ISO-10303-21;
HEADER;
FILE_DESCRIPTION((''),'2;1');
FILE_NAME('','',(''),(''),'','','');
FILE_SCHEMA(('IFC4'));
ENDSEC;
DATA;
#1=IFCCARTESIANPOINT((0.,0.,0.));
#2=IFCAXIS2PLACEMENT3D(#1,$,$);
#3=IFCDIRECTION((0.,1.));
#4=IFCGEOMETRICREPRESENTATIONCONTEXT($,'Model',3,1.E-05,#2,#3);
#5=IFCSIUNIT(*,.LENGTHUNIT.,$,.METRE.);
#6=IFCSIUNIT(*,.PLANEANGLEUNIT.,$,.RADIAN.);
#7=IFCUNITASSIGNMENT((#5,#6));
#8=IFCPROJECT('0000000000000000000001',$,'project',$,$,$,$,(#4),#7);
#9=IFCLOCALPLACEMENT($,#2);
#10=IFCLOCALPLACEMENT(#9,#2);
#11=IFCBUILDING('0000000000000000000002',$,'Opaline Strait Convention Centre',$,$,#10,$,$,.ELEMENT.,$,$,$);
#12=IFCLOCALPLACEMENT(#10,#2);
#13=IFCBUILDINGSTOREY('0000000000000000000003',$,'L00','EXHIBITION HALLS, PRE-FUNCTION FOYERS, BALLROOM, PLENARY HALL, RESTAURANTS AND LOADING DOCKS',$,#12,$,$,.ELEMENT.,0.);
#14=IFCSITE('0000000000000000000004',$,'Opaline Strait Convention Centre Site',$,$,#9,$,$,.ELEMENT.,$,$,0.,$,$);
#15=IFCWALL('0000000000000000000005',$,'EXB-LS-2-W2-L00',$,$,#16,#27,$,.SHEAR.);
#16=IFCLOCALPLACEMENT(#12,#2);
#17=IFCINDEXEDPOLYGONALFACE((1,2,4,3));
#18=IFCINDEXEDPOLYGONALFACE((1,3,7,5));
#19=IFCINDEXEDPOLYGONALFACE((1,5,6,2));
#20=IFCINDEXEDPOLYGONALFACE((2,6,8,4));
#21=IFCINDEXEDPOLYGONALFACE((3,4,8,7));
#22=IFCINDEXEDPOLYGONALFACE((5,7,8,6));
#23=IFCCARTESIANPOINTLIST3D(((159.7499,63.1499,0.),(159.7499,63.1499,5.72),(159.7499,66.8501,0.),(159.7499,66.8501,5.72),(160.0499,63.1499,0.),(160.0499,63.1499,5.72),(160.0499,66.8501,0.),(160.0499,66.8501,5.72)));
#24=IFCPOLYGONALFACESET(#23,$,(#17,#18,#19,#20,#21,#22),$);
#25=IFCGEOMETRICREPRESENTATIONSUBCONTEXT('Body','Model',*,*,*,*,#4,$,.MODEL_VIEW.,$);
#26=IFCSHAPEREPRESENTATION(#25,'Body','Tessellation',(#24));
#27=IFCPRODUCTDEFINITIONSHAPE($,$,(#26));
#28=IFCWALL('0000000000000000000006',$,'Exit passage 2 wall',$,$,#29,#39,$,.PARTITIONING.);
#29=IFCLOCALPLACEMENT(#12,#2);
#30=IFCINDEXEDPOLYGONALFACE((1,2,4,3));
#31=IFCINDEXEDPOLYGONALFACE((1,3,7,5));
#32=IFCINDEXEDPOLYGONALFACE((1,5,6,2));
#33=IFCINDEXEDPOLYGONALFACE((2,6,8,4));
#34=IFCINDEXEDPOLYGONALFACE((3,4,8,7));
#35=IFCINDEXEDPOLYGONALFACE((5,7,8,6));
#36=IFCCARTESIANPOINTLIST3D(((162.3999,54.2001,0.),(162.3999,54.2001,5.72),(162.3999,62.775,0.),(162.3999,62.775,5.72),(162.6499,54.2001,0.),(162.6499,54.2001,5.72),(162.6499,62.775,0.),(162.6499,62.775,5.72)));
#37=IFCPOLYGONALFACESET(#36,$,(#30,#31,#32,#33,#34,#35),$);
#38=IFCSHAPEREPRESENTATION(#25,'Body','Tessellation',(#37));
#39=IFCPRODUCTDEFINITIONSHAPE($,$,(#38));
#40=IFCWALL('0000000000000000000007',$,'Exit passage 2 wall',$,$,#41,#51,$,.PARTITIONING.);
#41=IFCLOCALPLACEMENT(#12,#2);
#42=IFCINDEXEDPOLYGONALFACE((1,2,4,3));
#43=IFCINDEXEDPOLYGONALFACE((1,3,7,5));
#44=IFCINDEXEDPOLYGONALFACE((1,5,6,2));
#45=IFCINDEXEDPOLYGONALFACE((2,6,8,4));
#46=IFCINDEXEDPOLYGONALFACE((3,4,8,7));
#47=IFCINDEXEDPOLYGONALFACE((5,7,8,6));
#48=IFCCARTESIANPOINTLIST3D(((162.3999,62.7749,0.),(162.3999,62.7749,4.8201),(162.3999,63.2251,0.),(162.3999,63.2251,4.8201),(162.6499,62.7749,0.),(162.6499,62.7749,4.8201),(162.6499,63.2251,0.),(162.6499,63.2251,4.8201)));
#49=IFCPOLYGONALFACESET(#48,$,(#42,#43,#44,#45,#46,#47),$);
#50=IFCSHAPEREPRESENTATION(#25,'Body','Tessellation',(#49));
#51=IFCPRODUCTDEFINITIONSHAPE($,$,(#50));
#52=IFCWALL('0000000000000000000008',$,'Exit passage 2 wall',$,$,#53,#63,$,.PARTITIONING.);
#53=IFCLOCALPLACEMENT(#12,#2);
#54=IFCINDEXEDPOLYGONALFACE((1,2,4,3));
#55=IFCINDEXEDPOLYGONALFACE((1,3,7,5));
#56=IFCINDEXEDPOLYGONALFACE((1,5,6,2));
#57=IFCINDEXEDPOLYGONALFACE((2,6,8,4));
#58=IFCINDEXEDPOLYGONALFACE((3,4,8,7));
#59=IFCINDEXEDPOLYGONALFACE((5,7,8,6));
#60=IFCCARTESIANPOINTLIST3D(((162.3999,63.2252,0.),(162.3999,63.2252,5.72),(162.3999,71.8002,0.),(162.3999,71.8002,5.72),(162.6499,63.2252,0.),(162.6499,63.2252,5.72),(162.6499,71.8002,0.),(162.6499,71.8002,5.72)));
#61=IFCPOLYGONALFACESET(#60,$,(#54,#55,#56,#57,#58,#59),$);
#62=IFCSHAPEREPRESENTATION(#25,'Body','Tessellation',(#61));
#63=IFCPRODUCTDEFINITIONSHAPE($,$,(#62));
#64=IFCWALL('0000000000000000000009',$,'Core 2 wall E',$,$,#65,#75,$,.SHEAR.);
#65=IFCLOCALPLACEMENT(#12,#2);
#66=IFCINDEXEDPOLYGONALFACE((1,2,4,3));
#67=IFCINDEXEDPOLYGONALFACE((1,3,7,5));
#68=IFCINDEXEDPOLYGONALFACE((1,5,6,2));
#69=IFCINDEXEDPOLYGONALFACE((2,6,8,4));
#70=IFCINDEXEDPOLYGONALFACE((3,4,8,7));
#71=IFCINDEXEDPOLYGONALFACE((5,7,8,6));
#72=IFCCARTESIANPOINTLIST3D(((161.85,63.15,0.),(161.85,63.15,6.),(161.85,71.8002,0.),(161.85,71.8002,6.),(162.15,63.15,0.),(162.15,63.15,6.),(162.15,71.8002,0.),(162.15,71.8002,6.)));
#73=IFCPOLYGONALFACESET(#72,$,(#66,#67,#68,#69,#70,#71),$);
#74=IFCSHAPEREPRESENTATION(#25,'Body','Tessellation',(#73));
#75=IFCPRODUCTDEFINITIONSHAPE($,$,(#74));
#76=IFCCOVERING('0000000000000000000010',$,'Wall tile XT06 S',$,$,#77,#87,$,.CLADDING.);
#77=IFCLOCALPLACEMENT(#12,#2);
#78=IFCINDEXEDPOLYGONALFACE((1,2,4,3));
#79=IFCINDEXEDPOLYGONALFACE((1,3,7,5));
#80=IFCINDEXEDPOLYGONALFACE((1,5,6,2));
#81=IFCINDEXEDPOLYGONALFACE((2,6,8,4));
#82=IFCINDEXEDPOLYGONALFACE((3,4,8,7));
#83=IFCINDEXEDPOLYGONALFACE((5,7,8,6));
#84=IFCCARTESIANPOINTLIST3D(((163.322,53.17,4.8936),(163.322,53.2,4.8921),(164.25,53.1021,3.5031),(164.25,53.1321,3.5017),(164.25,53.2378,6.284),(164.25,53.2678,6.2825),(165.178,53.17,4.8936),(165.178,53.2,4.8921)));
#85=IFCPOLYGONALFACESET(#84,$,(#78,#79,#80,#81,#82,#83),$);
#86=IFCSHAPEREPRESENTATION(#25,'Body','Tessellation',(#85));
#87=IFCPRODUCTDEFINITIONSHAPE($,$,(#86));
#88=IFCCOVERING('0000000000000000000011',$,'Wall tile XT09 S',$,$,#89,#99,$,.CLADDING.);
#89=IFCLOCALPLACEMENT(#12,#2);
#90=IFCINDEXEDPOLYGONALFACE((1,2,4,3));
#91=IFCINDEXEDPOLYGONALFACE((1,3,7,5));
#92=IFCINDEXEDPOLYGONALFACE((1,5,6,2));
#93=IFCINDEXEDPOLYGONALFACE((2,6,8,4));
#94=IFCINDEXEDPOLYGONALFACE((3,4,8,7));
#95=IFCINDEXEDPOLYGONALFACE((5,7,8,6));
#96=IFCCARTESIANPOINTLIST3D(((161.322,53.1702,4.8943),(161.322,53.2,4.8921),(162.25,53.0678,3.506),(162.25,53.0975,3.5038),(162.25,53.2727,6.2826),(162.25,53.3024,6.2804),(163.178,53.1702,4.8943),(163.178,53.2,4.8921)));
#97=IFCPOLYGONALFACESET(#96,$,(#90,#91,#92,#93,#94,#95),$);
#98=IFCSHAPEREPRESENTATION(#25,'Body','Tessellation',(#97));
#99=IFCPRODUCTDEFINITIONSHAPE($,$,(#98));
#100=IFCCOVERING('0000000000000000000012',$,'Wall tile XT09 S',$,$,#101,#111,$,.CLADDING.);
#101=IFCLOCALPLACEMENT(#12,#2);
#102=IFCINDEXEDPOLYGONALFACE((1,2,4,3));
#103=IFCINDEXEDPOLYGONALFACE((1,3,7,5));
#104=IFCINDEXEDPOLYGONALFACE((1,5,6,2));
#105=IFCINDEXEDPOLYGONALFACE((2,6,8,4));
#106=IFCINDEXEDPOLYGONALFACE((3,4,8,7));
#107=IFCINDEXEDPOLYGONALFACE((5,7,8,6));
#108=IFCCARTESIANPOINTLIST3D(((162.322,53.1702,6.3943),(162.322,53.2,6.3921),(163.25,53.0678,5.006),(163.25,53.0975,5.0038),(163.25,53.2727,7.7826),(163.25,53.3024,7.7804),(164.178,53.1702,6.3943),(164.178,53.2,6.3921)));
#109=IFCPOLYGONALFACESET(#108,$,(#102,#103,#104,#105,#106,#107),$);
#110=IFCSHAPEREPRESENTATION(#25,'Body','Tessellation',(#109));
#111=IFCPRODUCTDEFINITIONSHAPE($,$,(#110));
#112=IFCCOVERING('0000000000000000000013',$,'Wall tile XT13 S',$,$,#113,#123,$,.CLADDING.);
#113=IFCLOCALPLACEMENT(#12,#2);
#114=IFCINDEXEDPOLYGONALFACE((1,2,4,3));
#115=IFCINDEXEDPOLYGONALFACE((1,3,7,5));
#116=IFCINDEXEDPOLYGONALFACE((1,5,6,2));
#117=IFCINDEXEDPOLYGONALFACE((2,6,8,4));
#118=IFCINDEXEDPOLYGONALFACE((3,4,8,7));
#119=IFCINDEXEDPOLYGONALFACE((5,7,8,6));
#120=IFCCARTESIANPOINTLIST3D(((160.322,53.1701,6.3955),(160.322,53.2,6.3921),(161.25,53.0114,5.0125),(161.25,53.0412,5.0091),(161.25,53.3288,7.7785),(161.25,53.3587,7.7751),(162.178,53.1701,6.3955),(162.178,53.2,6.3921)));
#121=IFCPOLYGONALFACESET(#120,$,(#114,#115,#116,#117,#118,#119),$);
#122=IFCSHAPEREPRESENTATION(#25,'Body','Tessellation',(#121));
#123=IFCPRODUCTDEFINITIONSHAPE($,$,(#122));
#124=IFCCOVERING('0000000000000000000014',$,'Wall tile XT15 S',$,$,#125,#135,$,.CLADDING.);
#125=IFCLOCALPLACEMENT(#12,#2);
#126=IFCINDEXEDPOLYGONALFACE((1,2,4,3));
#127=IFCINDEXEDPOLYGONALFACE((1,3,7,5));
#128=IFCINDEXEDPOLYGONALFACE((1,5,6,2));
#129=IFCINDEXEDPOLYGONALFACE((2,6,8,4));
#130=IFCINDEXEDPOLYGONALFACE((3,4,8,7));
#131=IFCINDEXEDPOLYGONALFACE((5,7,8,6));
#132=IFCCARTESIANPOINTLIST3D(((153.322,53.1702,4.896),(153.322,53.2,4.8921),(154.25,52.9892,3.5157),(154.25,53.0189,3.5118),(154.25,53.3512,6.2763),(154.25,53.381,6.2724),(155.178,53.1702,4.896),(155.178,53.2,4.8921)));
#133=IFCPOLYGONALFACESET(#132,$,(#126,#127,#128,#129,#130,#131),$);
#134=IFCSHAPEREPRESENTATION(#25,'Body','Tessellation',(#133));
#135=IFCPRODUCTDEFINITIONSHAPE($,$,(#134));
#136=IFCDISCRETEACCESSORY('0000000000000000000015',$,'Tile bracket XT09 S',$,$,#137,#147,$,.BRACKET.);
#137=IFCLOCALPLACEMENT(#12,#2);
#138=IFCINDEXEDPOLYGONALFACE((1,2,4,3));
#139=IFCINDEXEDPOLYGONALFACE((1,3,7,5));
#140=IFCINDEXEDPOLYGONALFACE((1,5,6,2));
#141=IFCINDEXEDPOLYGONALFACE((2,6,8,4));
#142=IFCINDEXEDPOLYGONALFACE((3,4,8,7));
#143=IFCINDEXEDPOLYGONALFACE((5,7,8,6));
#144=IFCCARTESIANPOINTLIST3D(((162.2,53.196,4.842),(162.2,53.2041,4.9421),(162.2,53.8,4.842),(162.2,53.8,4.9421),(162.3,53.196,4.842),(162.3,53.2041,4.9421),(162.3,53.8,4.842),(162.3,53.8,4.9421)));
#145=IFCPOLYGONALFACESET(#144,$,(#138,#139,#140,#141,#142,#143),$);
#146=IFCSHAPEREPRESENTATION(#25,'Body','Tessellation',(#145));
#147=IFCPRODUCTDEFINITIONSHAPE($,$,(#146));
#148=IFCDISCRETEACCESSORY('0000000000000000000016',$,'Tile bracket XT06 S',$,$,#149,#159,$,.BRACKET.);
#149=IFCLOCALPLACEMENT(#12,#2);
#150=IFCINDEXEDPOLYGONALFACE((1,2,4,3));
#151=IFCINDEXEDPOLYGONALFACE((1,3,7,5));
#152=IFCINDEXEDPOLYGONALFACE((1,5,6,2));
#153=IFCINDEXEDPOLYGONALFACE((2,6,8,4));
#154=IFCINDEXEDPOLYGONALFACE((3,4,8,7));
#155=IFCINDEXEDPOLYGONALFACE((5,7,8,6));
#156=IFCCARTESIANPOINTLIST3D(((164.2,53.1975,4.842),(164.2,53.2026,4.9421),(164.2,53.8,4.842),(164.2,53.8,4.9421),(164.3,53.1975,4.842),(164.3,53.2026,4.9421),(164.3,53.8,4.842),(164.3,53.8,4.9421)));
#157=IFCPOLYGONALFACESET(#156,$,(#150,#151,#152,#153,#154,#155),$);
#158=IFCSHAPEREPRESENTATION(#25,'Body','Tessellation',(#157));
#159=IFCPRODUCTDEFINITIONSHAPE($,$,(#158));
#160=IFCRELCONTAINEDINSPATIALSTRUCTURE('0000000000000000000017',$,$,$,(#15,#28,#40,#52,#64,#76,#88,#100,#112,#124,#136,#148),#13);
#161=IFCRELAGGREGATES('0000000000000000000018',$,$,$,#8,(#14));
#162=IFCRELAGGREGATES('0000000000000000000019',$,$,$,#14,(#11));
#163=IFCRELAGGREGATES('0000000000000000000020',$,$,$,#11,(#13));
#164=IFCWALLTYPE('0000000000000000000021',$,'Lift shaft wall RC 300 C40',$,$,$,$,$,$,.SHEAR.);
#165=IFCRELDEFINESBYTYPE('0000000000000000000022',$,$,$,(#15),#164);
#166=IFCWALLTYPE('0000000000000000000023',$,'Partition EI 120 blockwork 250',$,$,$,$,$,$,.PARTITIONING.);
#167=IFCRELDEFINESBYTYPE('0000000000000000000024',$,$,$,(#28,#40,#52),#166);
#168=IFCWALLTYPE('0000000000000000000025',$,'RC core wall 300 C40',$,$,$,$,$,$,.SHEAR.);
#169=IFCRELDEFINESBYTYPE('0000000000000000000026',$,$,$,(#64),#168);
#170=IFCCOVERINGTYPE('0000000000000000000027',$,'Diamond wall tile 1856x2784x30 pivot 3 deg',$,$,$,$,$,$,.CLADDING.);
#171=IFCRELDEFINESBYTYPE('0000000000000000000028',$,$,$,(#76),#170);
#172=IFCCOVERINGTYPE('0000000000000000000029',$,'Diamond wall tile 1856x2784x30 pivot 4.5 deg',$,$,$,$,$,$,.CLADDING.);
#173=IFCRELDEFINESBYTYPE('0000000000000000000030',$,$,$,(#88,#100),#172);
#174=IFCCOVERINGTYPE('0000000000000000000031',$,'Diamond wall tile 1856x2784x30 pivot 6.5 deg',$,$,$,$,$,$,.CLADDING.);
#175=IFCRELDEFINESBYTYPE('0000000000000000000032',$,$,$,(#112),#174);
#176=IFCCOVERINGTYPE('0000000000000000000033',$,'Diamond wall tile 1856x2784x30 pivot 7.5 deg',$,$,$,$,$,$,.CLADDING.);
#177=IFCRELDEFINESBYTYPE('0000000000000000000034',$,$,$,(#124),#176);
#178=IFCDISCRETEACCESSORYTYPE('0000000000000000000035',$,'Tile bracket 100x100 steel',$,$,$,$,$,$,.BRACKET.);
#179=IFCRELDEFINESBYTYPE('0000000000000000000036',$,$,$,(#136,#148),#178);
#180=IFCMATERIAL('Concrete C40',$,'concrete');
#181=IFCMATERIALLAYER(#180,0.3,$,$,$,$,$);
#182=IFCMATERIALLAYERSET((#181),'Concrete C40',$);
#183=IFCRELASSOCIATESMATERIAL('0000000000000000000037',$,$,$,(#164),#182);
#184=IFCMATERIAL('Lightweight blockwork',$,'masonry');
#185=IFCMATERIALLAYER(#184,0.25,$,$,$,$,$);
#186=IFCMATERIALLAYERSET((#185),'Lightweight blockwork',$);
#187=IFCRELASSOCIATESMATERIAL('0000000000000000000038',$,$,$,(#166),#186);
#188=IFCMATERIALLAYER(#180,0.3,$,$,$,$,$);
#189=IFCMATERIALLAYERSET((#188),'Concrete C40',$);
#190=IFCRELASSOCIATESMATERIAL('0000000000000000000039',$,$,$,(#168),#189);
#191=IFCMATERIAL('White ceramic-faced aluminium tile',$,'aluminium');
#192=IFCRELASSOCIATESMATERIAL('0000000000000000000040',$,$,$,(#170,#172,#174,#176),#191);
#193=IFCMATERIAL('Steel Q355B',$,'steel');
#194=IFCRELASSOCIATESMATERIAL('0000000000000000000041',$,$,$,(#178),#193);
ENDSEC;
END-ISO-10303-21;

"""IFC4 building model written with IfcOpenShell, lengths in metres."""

from ifc_helpers import new_model, si_unit, direction, frame, frame_2d, origin, place, context, subcontext, project, spatial, polyline, rectangle, outline, extrude, material, layer, layer_set, material_profile, profile_set, type_object, element, save


model = new_model("IFC4")

# Units and contexts
model_context = context("Model", 3, precision=1e-05, world=origin(), true_north=direction((0.0, 1.0)))
body_context = subcontext(model_context, "Body", "Model", "MODEL_VIEW")
ifc_project = project(units=[si_unit("LENGTHUNIT", "METRE"), si_unit("PLANEANGLEUNIT", "RADIAN")], contexts=[model_context])

# Site, building, storey
site_placement = place(None, origin())
site = spatial("IfcSite", under=ifc_project, at=site_placement, Name="Opaline Strait Convention Centre Site", CompositionType="ELEMENT", RefElevation=0.0)
building_placement = place(site_placement, origin())
building = spatial("IfcBuilding", under=site, at=building_placement, Name="Opaline Strait Convention Centre", CompositionType="ELEMENT")
storey_placement = place(building_placement, origin())
storey = spatial("IfcBuildingStorey", under=building, at=storey_placement, Name="L00", Description="EXHIBITION HALLS, PRE-FUNCTION FOYERS, BALLROOM, PLENARY HALL, RESTAURANTS AND LOADING DOCKS", CompositionType="ELEMENT", Elevation=0.0)

# Shared definitions
ifc_material_1 = material(Name="Concrete C40", Category="concrete")

# Walls
ifc_layer_1 = layer(ifc_material_1, 0.3)
ifc_layer_set_1 = layer_set([ifc_layer_1], Name="Concrete C40")
wall_type_1 = type_object("IfcWallType", Name="Lift shaft wall RC 300 C40", PredefinedType="SHEAR", material=ifc_layer_set_1)
wall_1_placement = place(storey_placement, frame((159.8999, 63.1499, 0.0), z_axis=(0.0, 0.0, 1.0), x_axis=(0.0, 1.0, 0.0)))
element("IfcWall", 1, at=wall_1_placement, inside=storey, type_object=wall_type_1, Name="EXB-LS-2-W2-L00", PredefinedType="SHEAR", context=body_context, shape_type="SweptSolid", body=[
    extrude(rectangle(XDim=3.7002, YDim=0.3, at=frame_2d((1.8501, 0.0))), origin(), (0.0, 0.0, 1.0), 5.72),
])
ifc_material_2 = material(Name="Lightweight blockwork", Category="masonry")
ifc_layer_2 = layer(ifc_material_2, 0.25)
ifc_layer_set_2 = layer_set([ifc_layer_2], Name="Lightweight blockwork")
wall_type_2 = type_object("IfcWallType", Name="Partition EI 120 blockwork 250", PredefinedType="PARTITIONING", material=ifc_layer_set_2)
wall_2_placement = place(storey_placement, frame((162.5249, 54.2, 0.0), z_axis=(0.0, 0.0, 1.0), x_axis=(0.0, 1.0, 0.0)))
element("IfcWall", 2, at=wall_2_placement, inside=storey, type_object=wall_type_2, Name="Exit passage 2 wall", PredefinedType="PARTITIONING", context=body_context, shape_type="SweptSolid", body=[
    extrude(rectangle(XDim=8.575, YDim=0.25, at=frame_2d((4.2876, 0.0))), origin(), (0.0, 0.0, 1.0), 5.72),
])
wall_3_placement = place(storey_placement, frame((162.5249, 62.7749, 0.0), z_axis=(0.0, 0.0, 1.0), x_axis=(0.0, 1.0, 0.0)))
element("IfcWall", 3, at=wall_3_placement, inside=storey, type_object=wall_type_2, Name="Exit passage 2 wall", PredefinedType="PARTITIONING", context=body_context, shape_type="SweptSolid", body=[
    extrude(rectangle(XDim=0.4502, YDim=0.25, at=frame_2d((0.2251, 0.0))), origin(), (0.0, 0.0, 1.0), 4.8201),
])
wall_4_placement = place(storey_placement, frame((162.5249, 63.2251, 0.0), z_axis=(0.0, 0.0, 1.0), x_axis=(0.0, 1.0, 0.0)))
element("IfcWall", 4, at=wall_4_placement, inside=storey, type_object=wall_type_2, Name="Exit passage 2 wall", PredefinedType="PARTITIONING", context=body_context, shape_type="SweptSolid", body=[
    extrude(rectangle(XDim=8.575, YDim=0.25, at=frame_2d((4.2876, 0.0))), origin(), (0.0, 0.0, 1.0), 5.72),
])
ifc_layer_3 = layer(ifc_material_1, 0.3)
ifc_layer_set_3 = layer_set([ifc_layer_3], Name="Concrete C40")
wall_type_3 = type_object("IfcWallType", Name="RC core wall 300 C40", PredefinedType="SHEAR", material=ifc_layer_set_3)
wall_5_placement = place(storey_placement, frame((162.0, 63.1499, 0.0), z_axis=(0.0, 0.0, 1.0), x_axis=(0.0, 1.0, 0.0)))
element("IfcWall", 5, at=wall_5_placement, inside=storey, type_object=wall_type_3, Name="Core 2 wall E", PredefinedType="SHEAR", context=body_context, shape_type="SweptSolid", body=[
    extrude(rectangle(XDim=8.6501, YDim=0.3, at=frame_2d((4.3252, 0.0))), origin(), (0.0, 0.0, 1.0), 6.0),
])

# Coverings
ifc_material_3 = material(Name="White ceramic-faced aluminium tile", Category="aluminium")
ifc_material_profile_1 = material_profile(ifc_material_3, outline(polyline([(0.928, 0.0), (0.0, 1.3921), (-0.928, 0.0), (0.0, -1.3921), (0.928, 0.0)])), Name="Diamond tile 1856x2784")
ifc_profile_set_1 = profile_set([ifc_material_profile_1], Name="White ceramic-faced aluminium tile")
covering_type_1 = type_object("IfcCoveringType", Name="Diamond wall tile 1856x2784x30 pivot 3 deg", PredefinedType="CLADDING", material=ifc_profile_set_1)
covering_1_placement = place(storey_placement, frame((164.25, 53.2, 4.8921), z_axis=(0.0, -0.998812, 0.048723), x_axis=(1.0, 0.0, 0.0)))
element("IfcCovering", 6, at=covering_1_placement, inside=storey, type_object=covering_type_1, Name="Wall tile XT06 S", PredefinedType="CLADDING", context=body_context, shape_type="SweptSolid", body=[
    extrude(outline(polyline([(0.928, 0.0), (0.0, 1.3921), (-0.928, 0.0), (0.0, -1.3921), (0.928, 0.0)])), origin(), (0.0, 0.0, 1.0), 0.03),
])
ifc_material_profile_2 = material_profile(ifc_material_3, outline(polyline([(0.928, 0.0), (0.0, 1.3921), (-0.928, 0.0), (0.0, -1.3921), (0.928, 0.0)])), Name="Diamond tile 1856x2784")
ifc_profile_set_2 = profile_set([ifc_material_profile_2], Name="White ceramic-faced aluminium tile")
covering_type_2 = type_object("IfcCoveringType", Name="Diamond wall tile 1856x2784x30 pivot 4.5 deg", PredefinedType="CLADDING", material=ifc_profile_set_2)
for number, where, z_axis, x_axis, name in (
    (7, (162.25, 53.2, 4.8921), (0.0, -0.99729, 0.073571), (1.0, 0.0, 0.0), "Wall tile XT09 S"),
    (8, (163.25, 53.2, 6.3921), (0.0, -0.99729, 0.073571), (1.0, 0.0, 0.0), "Wall tile XT09 S"),
):
    element("IfcCovering", number, at=place(storey_placement, frame(where, z_axis=z_axis, x_axis=x_axis)), inside=storey, type_object=covering_type_2, Name=name, PredefinedType="CLADDING", context=body_context, shape_type="SweptSolid", body=[
        extrude(outline(polyline([(0.928, 0.0), (0.0, 1.3921), (-0.928, 0.0), (0.0, -1.3921), (0.928, 0.0)])), origin(), (0.0, 0.0, 1.0), 0.0298),
    ])
ifc_material_profile_3 = material_profile(ifc_material_3, outline(polyline([(0.928, 0.0), (0.0, 1.3921), (-0.928, 0.0), (0.0, -1.3921), (0.928, 0.0)])), Name="Diamond tile 1856x2784")
ifc_profile_set_3 = profile_set([ifc_material_profile_3], Name="White ceramic-faced aluminium tile")
covering_type_3 = type_object("IfcCoveringType", Name="Diamond wall tile 1856x2784x30 pivot 6.5 deg", PredefinedType="CLADDING", material=ifc_profile_set_3)
covering_2_placement = place(storey_placement, frame((161.25, 53.2, 6.3921), z_axis=(0.0, -0.99348, 0.114006), x_axis=(1.0, 0.0, 0.0)))
element("IfcCovering", 9, at=covering_2_placement, inside=storey, type_object=covering_type_3, Name="Wall tile XT13 S", PredefinedType="CLADDING", context=body_context, shape_type="SweptSolid", body=[
    extrude(outline(polyline([(0.928, 0.0), (0.0, 1.3921), (-0.928, 0.0), (0.0, -1.3921), (0.928, 0.0)])), origin(), (0.0, 0.0, 1.0), 0.03),
])
ifc_material_profile_4 = material_profile(ifc_material_3, outline(polyline([(0.928, 0.0), (0.0, 1.3921), (-0.928, 0.0), (0.0, -1.3921), (0.928, 0.0)])), Name="Diamond tile 1856x2784")
ifc_profile_set_4 = profile_set([ifc_material_profile_4], Name="White ceramic-faced aluminium tile")
covering_type_4 = type_object("IfcCoveringType", Name="Diamond wall tile 1856x2784x30 pivot 7.5 deg", PredefinedType="CLADDING", material=ifc_profile_set_4)
covering_3_placement = place(storey_placement, frame((154.25, 53.2, 4.8921), z_axis=(0.0, -0.99151, 0.130034), x_axis=(1.0, 0.0, 0.0)))
element("IfcCovering", 10, at=covering_3_placement, inside=storey, type_object=covering_type_4, Name="Wall tile XT15 S", PredefinedType="CLADDING", context=body_context, shape_type="SweptSolid", body=[
    extrude(outline(polyline([(0.928, 0.0), (0.0, 1.3921), (-0.928, 0.0), (0.0, -1.3921), (0.928, 0.0)])), origin(), (0.0, 0.0, 1.0), 0.03),
])

# Discrete accessories
ifc_material_4 = material(Name="Steel Q355B", Category="steel")
discrete_accessory_type = type_object("IfcDiscreteAccessoryType", Name="Tile bracket 100x100 steel", PredefinedType="BRACKET", material=ifc_material_4)
discrete_accessory_1_placement = place(storey_placement, frame((162.2, 53.8, 4.8921), z_axis=(1.0, 0.0, 0.0), x_axis=(0.0, 1.0, 0.0)))
element("IfcDiscreteAccessory", 11, at=discrete_accessory_1_placement, inside=storey, type_object=discrete_accessory_type, Name="Tile bracket XT09 S", PredefinedType="BRACKET", context=body_context, shape_type="SweptSolid", body=[
    extrude(outline(polyline([(0.0, -0.05), (0.0, 0.05), (-0.5959, 0.05), (-0.604, -0.05), (0.0, -0.05)])), origin(), (0.0, 0.0, 1.0), 0.1001),
])
discrete_accessory_2_placement = place(storey_placement, frame((164.2, 53.8, 4.8921), z_axis=(1.0, 0.0, 0.0), x_axis=(0.0, 1.0, 0.0)))
element("IfcDiscreteAccessory", 12, at=discrete_accessory_2_placement, inside=storey, type_object=discrete_accessory_type, Name="Tile bracket XT06 S", PredefinedType="BRACKET", context=body_context, shape_type="SweptSolid", body=[
    extrude(outline(polyline([(0.0, -0.05), (0.0, 0.05), (-0.5974, 0.05), (-0.6025, -0.05), (0.0, -0.05)])), origin(), (0.0, 0.0, 1.0), 0.1001),
])

save(model, "model.ifc")
